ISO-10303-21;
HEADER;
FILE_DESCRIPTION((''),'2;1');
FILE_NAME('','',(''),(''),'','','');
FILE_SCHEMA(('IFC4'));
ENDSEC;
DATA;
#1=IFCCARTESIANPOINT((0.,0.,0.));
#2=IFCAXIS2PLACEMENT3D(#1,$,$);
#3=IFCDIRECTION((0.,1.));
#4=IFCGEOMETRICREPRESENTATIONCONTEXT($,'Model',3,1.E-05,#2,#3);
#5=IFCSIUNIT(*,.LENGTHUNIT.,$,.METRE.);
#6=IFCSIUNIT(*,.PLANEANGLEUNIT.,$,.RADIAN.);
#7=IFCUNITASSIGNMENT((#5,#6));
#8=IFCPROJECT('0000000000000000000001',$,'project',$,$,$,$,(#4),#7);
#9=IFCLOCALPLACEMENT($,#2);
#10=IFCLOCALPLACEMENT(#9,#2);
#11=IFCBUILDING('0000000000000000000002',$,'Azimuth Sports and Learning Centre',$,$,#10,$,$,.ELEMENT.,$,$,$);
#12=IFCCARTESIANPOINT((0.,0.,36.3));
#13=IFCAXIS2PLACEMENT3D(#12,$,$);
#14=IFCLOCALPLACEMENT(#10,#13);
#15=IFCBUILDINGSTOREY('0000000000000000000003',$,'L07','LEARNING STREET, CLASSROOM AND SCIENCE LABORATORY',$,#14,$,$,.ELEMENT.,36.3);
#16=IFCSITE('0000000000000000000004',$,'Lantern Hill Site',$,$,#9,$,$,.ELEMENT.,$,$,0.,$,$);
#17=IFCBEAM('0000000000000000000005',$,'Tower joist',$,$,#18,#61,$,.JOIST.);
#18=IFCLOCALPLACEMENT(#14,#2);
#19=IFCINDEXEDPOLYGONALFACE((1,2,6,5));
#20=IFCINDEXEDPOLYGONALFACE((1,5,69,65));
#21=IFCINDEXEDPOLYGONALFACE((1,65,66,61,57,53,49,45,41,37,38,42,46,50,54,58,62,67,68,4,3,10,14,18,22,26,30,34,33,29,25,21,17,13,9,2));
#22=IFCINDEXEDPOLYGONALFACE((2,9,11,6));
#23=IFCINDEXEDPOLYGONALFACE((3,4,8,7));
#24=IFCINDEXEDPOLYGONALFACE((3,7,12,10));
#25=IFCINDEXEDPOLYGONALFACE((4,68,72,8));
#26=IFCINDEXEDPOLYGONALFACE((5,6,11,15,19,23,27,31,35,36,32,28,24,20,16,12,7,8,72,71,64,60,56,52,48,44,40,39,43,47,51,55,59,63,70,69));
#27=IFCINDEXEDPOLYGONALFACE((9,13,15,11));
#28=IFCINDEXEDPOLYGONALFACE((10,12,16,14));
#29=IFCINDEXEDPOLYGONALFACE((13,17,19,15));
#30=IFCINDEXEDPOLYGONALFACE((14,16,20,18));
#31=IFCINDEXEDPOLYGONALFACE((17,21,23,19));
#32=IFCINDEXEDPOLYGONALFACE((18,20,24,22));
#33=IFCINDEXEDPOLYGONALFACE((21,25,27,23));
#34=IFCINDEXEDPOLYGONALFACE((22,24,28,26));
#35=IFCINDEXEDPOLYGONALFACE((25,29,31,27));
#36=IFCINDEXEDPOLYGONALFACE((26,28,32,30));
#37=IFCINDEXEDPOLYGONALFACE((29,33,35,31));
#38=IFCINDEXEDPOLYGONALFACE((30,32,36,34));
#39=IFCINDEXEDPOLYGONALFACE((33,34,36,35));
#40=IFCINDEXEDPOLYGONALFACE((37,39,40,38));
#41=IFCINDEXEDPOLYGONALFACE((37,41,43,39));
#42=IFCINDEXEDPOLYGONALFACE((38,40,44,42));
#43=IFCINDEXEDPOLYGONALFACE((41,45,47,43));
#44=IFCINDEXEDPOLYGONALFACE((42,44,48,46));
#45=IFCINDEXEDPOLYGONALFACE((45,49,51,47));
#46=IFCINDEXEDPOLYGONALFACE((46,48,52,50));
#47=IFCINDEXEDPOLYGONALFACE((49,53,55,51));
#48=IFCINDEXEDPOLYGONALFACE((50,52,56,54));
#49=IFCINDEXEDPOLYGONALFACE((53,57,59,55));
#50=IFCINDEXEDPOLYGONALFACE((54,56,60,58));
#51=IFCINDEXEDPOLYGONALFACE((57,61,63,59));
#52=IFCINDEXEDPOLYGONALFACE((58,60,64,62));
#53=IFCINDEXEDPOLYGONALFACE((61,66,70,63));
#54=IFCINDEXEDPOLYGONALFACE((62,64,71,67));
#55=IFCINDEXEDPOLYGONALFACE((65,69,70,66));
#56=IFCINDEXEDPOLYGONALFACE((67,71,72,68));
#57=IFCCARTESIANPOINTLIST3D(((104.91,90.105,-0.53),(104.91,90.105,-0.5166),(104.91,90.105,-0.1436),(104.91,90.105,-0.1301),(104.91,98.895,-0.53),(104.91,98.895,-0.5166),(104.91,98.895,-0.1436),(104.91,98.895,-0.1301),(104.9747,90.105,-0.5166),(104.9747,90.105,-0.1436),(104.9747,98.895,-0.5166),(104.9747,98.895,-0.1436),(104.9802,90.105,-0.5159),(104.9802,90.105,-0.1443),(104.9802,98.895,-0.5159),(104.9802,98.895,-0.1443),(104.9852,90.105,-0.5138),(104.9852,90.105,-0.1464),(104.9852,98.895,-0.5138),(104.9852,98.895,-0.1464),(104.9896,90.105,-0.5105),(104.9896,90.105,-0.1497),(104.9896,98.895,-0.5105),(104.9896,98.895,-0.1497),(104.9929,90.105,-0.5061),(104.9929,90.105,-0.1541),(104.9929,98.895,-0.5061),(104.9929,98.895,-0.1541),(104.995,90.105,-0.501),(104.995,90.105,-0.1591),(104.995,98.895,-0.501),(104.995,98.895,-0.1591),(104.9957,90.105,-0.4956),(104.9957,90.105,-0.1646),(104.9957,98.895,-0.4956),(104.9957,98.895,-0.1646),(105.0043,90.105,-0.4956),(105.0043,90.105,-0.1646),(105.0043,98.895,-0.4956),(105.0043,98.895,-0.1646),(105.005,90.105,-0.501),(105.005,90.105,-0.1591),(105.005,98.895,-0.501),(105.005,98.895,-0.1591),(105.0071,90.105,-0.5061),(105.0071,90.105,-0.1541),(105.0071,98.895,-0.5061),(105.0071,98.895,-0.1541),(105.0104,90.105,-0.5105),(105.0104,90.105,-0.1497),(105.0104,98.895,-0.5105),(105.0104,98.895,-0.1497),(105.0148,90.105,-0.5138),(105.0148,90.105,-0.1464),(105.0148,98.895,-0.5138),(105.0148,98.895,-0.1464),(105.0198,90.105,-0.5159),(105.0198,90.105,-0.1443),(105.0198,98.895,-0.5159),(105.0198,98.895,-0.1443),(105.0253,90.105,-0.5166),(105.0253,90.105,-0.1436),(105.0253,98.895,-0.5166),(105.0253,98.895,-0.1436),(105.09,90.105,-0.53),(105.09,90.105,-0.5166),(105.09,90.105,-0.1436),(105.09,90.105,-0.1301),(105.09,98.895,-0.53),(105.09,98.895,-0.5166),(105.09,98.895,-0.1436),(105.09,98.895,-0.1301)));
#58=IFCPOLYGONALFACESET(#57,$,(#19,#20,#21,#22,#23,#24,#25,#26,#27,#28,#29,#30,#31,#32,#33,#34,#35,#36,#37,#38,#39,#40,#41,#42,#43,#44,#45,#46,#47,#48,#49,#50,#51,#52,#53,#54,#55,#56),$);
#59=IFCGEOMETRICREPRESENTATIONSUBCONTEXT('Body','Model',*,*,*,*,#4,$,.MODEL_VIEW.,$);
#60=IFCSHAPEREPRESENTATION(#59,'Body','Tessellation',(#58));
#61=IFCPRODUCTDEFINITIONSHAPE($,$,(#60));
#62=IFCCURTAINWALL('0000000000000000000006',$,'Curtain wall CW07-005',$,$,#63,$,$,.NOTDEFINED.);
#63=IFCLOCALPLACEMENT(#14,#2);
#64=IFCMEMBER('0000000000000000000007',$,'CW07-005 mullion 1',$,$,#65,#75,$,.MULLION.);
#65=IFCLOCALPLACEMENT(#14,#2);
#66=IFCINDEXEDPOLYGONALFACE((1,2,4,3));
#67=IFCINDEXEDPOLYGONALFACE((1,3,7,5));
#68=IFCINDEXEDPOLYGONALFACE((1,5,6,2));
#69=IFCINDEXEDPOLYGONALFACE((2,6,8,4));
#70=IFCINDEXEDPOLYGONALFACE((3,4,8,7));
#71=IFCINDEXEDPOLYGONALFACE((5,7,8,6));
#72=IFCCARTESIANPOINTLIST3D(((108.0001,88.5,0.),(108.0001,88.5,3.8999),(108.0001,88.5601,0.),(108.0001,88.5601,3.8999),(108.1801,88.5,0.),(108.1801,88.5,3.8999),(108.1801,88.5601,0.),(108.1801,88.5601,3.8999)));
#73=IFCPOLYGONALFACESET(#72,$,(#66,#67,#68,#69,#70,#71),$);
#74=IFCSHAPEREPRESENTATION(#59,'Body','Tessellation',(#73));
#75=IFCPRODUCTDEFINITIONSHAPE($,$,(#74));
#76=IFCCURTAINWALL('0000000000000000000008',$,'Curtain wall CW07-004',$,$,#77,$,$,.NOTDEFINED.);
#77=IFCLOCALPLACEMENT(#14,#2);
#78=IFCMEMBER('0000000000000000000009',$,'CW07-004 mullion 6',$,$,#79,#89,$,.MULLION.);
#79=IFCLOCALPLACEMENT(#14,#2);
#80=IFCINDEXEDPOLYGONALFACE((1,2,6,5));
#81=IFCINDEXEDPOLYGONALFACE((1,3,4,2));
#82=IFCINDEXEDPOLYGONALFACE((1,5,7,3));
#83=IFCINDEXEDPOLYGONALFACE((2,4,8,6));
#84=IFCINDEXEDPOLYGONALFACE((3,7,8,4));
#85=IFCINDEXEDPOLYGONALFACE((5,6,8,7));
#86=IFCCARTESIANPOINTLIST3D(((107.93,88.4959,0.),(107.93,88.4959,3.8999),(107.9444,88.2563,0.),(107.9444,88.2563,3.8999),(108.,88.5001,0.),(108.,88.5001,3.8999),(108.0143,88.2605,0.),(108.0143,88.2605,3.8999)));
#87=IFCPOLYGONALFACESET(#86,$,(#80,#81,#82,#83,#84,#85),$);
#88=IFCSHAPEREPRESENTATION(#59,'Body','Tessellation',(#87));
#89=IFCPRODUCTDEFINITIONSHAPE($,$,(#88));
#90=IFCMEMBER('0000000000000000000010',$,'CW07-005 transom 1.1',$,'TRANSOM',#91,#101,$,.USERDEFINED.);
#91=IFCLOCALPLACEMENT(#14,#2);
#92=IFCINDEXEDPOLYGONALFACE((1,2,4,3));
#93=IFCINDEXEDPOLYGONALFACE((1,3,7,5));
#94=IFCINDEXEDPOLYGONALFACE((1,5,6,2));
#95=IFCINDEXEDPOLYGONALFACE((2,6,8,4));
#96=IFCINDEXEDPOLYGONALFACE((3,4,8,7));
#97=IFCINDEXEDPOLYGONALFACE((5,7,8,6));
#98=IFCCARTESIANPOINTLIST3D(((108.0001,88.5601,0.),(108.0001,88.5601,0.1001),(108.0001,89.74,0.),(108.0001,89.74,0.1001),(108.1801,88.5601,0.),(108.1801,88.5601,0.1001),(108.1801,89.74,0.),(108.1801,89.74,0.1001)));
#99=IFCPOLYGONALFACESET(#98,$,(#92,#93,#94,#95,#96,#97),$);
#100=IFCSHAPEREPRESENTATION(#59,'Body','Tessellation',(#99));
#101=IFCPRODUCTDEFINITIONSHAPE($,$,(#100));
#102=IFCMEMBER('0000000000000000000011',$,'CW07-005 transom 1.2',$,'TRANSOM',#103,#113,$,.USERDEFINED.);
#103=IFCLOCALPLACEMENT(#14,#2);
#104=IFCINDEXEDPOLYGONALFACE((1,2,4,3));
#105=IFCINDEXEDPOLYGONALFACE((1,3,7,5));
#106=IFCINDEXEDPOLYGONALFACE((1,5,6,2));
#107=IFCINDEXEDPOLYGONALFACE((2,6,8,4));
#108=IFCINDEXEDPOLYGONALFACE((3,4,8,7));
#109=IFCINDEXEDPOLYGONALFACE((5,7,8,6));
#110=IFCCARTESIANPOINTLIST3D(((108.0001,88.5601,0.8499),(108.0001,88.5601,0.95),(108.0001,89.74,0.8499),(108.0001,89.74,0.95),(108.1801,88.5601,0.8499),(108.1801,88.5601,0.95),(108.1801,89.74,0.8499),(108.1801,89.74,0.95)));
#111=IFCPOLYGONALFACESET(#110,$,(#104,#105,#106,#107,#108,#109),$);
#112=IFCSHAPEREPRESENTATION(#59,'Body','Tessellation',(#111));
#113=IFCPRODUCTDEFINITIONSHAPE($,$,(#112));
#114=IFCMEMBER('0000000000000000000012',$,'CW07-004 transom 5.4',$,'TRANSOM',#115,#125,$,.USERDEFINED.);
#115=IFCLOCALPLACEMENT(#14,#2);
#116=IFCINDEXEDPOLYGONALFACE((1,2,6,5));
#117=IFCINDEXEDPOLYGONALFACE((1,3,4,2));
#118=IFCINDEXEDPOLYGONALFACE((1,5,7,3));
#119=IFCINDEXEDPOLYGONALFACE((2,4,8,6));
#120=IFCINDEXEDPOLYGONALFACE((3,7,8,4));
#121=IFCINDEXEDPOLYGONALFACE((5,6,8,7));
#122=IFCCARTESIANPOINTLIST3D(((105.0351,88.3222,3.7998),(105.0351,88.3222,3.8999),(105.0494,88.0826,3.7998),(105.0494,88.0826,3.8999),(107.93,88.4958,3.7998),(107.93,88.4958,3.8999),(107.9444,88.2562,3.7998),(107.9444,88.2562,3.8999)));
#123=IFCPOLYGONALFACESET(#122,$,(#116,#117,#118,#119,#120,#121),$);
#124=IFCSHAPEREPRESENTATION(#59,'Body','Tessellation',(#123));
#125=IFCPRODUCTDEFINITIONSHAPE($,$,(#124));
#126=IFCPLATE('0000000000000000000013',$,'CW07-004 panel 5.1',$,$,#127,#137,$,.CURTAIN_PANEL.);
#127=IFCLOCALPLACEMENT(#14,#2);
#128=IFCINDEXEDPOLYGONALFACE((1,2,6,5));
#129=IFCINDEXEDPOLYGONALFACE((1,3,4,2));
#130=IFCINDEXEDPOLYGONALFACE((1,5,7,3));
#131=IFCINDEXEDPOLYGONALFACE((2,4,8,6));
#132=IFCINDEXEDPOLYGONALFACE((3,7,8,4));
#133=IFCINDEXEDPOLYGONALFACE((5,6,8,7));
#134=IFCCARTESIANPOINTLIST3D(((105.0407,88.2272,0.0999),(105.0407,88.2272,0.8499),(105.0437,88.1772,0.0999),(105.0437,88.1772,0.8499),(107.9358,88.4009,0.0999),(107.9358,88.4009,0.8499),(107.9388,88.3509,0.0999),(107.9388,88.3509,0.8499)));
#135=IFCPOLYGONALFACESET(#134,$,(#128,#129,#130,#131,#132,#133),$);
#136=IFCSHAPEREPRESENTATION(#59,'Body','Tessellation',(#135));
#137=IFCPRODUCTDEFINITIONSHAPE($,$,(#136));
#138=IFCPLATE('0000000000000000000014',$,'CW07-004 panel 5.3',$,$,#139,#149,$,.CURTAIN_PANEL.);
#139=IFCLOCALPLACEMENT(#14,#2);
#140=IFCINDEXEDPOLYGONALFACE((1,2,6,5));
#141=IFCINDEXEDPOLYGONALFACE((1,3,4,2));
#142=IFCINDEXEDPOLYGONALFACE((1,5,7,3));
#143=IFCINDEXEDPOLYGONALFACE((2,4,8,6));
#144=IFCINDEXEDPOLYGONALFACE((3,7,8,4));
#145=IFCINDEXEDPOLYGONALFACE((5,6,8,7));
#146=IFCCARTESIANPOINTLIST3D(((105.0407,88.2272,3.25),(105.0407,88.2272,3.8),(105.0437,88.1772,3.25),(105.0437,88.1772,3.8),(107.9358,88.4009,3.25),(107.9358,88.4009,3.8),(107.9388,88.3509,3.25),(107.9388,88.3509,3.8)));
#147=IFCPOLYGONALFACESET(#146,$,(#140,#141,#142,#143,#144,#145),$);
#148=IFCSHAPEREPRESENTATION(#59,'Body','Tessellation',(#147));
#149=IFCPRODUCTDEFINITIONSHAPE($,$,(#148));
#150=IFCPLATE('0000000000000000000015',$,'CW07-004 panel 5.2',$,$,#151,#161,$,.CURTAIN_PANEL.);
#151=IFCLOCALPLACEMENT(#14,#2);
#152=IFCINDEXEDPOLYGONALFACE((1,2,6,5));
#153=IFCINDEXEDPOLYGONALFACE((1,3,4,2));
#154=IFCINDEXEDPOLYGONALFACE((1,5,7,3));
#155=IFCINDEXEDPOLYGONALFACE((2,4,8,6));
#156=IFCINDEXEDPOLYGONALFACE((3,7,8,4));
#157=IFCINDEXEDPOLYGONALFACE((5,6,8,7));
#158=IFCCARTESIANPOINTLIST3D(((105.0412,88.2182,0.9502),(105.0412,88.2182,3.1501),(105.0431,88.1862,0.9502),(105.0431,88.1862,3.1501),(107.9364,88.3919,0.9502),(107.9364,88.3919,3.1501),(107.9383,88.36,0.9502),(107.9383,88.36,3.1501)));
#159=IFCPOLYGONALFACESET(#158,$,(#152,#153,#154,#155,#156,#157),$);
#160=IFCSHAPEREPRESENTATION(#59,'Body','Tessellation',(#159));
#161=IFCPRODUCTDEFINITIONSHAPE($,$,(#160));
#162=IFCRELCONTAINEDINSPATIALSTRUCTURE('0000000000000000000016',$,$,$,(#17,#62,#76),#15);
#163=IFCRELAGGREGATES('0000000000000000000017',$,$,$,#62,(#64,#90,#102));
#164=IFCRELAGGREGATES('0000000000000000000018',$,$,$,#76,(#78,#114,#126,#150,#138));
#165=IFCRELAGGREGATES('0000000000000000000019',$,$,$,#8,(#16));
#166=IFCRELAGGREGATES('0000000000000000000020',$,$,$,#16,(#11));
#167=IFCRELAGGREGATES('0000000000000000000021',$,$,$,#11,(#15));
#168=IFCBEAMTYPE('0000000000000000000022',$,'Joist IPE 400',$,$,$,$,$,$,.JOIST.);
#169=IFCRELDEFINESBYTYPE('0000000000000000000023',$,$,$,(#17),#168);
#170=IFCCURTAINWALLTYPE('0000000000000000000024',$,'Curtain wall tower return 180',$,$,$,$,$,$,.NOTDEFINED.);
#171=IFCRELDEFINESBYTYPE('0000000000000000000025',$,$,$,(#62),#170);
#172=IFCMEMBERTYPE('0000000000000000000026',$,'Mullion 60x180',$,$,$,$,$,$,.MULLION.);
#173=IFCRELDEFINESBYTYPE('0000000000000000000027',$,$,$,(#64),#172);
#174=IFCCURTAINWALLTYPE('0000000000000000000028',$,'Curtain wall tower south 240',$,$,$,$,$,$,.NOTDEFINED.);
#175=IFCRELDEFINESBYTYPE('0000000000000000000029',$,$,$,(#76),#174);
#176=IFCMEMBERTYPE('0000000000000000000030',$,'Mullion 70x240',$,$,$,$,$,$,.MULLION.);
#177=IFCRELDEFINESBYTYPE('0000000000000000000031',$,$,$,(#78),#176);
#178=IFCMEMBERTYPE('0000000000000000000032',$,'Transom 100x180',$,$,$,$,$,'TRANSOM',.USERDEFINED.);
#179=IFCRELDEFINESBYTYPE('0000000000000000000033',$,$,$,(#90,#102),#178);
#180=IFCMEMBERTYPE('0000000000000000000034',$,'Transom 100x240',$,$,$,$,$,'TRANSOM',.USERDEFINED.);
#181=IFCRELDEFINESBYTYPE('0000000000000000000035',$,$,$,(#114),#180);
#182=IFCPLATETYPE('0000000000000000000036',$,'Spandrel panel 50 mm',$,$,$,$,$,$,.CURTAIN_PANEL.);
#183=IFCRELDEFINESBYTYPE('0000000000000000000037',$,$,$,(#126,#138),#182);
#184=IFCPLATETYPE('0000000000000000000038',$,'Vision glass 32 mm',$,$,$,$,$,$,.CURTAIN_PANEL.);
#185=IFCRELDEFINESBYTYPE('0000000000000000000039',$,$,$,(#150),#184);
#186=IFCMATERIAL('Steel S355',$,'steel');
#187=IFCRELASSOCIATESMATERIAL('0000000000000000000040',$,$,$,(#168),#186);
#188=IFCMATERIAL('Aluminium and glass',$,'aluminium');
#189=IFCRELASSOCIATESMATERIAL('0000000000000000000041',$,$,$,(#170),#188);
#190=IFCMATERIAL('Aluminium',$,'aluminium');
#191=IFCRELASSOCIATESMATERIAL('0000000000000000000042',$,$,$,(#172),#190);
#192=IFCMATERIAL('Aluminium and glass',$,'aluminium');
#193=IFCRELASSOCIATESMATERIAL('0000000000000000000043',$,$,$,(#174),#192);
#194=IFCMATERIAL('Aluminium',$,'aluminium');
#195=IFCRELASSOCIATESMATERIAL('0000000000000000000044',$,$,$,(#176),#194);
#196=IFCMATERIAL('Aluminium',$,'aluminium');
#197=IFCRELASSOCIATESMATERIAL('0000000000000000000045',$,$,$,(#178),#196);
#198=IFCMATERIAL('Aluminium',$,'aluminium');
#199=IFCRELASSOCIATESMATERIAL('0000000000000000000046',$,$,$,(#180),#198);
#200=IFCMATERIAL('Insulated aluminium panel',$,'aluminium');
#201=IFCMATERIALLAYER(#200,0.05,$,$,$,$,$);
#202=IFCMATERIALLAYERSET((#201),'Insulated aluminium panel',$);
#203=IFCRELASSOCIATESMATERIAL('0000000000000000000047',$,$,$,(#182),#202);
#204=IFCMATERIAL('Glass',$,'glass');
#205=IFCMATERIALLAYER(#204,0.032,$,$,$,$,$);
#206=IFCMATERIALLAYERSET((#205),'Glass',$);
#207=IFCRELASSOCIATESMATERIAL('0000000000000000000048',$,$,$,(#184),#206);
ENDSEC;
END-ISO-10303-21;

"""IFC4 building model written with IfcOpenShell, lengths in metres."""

from ifc_helpers import new_model, si_unit, direction, frame, origin, origin_2d, place, context, subcontext, project, spatial, rectangle, i_section, extrude, material, layer, layer_set, material_profile, profile_set, type_object, element, aggregate, save


model = new_model("IFC4")

# Units and contexts
model_context = context("Model", 3, precision=1e-05, world=origin(), true_north=direction((0.0, 1.0)))
body_context = subcontext(model_context, "Body", "Model", "MODEL_VIEW")
ifc_project = project(units=[si_unit("LENGTHUNIT", "METRE"), si_unit("PLANEANGLEUNIT", "RADIAN")], contexts=[model_context])

# Site, building, storey
site_placement = place(None, origin())
site = spatial("IfcSite", under=ifc_project, at=site_placement, Name="Lantern Hill Site", CompositionType="ELEMENT", RefElevation=0.0)
building_placement = place(site_placement, origin())
building = spatial("IfcBuilding", under=site, at=building_placement, Name="Azimuth Sports and Learning Centre", CompositionType="ELEMENT")
storey_placement = place(building_placement, frame((0.0, 0.0, 36.3)))
storey = spatial("IfcBuildingStorey", under=building, at=storey_placement, Name="L07", Description="LEARNING STREET, CLASSROOM AND SCIENCE LABORATORY", CompositionType="ELEMENT", Elevation=36.3)

# Beam
ifc_material_1 = material(Name="Steel S355", Category="steel")
ifc_material_profile_1 = material_profile(ifc_material_1, i_section(OverallWidth=0.1799, OverallDepth=0.3999, WebThickness=0.0085, FlangeThickness=0.0134, FilletRadius=0.021, at=origin_2d()), Name="IPE 400")
ifc_profile_set_1 = profile_set([ifc_material_profile_1], Name="Steel S355")
beam_type_1 = type_object("IfcBeamType", Name="Joist IPE 400", PredefinedType="JOIST", material=ifc_profile_set_1)
for number, where, z_axis, x_axis, name in (
    (1, (105.0, 90.105, -0.3301), (0.0, 1.0, 0.0), (-1.0, 0.0, 0.0), "Tower joist"),
):
    element("IfcBeam", number, at=place(storey_placement, frame(where, z_axis=z_axis, x_axis=x_axis)), inside=storey, type_object=beam_type_1, Name=name, PredefinedType="JOIST", context=body_context, shape_type="SweptSolid", body=[
        extrude(i_section(OverallWidth=0.1799, OverallDepth=0.3999, WebThickness=0.0085, FlangeThickness=0.0134, FilletRadius=0.021, at=origin_2d()), origin(), (0.0, 0.0, 1.0), 8.79),
    ])

# Curtain walls, members
ifc_material_2 = material(Name="Aluminium and glass", Category="aluminium")
curtain_wall_type_1 = type_object("IfcCurtainWallType", Name="Curtain wall tower return 180", PredefinedType="NOTDEFINED", material=ifc_material_2)
curtain_wall_1_placement = place(storey_placement, origin())
curtain_wall_1 = element("IfcCurtainWall", 2, at=curtain_wall_1_placement, inside=storey, type_object=curtain_wall_type_1, Name="Curtain wall CW07-005", PredefinedType="NOTDEFINED")
ifc_material_3 = material(Name="Aluminium", Category="aluminium")
ifc_material_profile_2 = material_profile(ifc_material_3, rectangle(XDim=0.1799, YDim=0.0601, at=origin_2d()), Name="Mullion 60x180")
ifc_profile_set_2 = profile_set([ifc_material_profile_2], Name="Aluminium")
member_type_1 = type_object("IfcMemberType", Name="Mullion 60x180", PredefinedType="MULLION", material=ifc_profile_set_2)
member_1_placement = place(storey_placement, frame((108.0901, 88.53, 0.0), z_axis=(0.0, 0.0, 1.0), x_axis=(-1.0, 0.0, 0.0)))
member_1 = element("IfcMember", 3, at=member_1_placement, type_object=member_type_1, Name="CW07-005 mullion 1", PredefinedType="MULLION", context=body_context, shape_type="SweptSolid", body=[
    extrude(rectangle(XDim=0.1799, YDim=0.0601, at=origin_2d()), origin(), (0.0, 0.0, 1.0), 3.8999),
])
ifc_material_4 = material(Name="Aluminium and glass", Category="aluminium")
curtain_wall_type_2 = type_object("IfcCurtainWallType", Name="Curtain wall tower south 240", PredefinedType="NOTDEFINED", material=ifc_material_4)
curtain_wall_2_placement = place(storey_placement, origin())
curtain_wall_2 = element("IfcCurtainWall", 4, at=curtain_wall_2_placement, inside=storey, type_object=curtain_wall_type_2, Name="Curtain wall CW07-004", PredefinedType="NOTDEFINED")
ifc_material_5 = material(Name="Aluminium", Category="aluminium")
ifc_material_profile_3 = material_profile(ifc_material_5, rectangle(XDim=0.24, YDim=0.0701, at=origin_2d()), Name="Mullion 70x240")
ifc_profile_set_3 = profile_set([ifc_material_profile_3], Name="Aluminium")
member_type_2 = type_object("IfcMemberType", Name="Mullion 70x240", PredefinedType="MULLION", material=ifc_profile_set_3)
member_2_placement = place(storey_placement, frame((107.9722, 88.3782, 0.0), z_axis=(0.0, 0.0, 1.0), x_axis=(-0.059892, 0.998205, 0.0)))
member_2 = element("IfcMember", 5, at=member_2_placement, type_object=member_type_2, Name="CW07-004 mullion 6", PredefinedType="MULLION", context=body_context, shape_type="SweptSolid", body=[
    extrude(rectangle(XDim=0.24, YDim=0.0701, at=origin_2d()), origin(), (0.0, 0.0, 1.0), 3.8999),
])

# Members
ifc_material_6 = material(Name="Aluminium", Category="aluminium")
ifc_material_profile_4 = material_profile(ifc_material_6, rectangle(XDim=0.1799, YDim=0.1001, at=origin_2d()), Name="Transom 100x180")
ifc_profile_set_4 = profile_set([ifc_material_profile_4], Name="Aluminium")
member_type_3 = type_object("IfcMemberType", Name="Transom 100x180", ElementType="TRANSOM", PredefinedType="USERDEFINED", material=ifc_profile_set_4)
member_3_placement = place(storey_placement, frame((108.0901, 88.5601, 0.05), z_axis=(0.0, 1.0, 0.0), x_axis=(-1.0, 0.0, 0.0)))
member_3 = element("IfcMember", 6, at=member_3_placement, type_object=member_type_3, Name="CW07-005 transom 1.1", ObjectType="TRANSOM", PredefinedType="USERDEFINED", context=body_context, shape_type="SweptSolid", body=[
    extrude(rectangle(XDim=0.1799, YDim=0.1001, at=origin_2d()), origin(), (0.0, 0.0, 1.0), 1.1799),
])
member_4_placement = place(storey_placement, frame((108.0901, 88.5601, 0.8999), z_axis=(0.0, 1.0, 0.0), x_axis=(-1.0, 0.0, 0.0)))
member_4 = element("IfcMember", 7, at=member_4_placement, type_object=member_type_3, Name="CW07-005 transom 1.2", ObjectType="TRANSOM", PredefinedType="USERDEFINED", context=body_context, shape_type="SweptSolid", body=[
    extrude(rectangle(XDim=0.1799, YDim=0.1001, at=origin_2d()), origin(), (0.0, 0.0, 1.0), 1.1799),
])
aggregate(curtain_wall_1, [member_1, member_3, member_4])
ifc_material_7 = material(Name="Aluminium", Category="aluminium")
ifc_material_profile_5 = material_profile(ifc_material_7, rectangle(XDim=0.24, YDim=0.1001, at=origin_2d()), Name="Transom 100x240")
ifc_profile_set_5 = profile_set([ifc_material_profile_5], Name="Aluminium")
member_type_4 = type_object("IfcMemberType", Name="Transom 100x240", ElementType="TRANSOM", PredefinedType="USERDEFINED", material=ifc_profile_set_5)
member_5_placement = place(storey_placement, frame((105.0422, 88.2024, 3.8499), z_axis=(0.998207, 0.059852, 0.0), x_axis=(-0.059852, 0.998207, 0.0)))
member_5 = element("IfcMember", 8, at=member_5_placement, type_object=member_type_4, Name="CW07-004 transom 5.4", ObjectType="TRANSOM", PredefinedType="USERDEFINED", context=body_context, shape_type="SweptSolid", body=[
    extrude(rectangle(XDim=0.24, YDim=0.1001, at=origin_2d()), origin(), (0.0, 0.0, 1.0), 2.9001),
])

# Plates
ifc_material_8 = material(Name="Insulated aluminium panel", Category="aluminium")
ifc_layer_1 = layer(ifc_material_8, 0.05)
ifc_layer_set_1 = layer_set([ifc_layer_1], Name="Insulated aluminium panel")
plate_type_1 = type_object("IfcPlateType", Name="Spandrel panel 50 mm", PredefinedType="CURTAIN_PANEL", material=ifc_layer_set_1)
plate_1_placement = place(storey_placement, frame((106.4897, 88.2891, 0.0999), z_axis=(0.0, 0.0, 1.0), x_axis=(0.998205, 0.059892, 0.0)))
plate_1 = element("IfcPlate", 9, at=plate_1_placement, type_object=plate_type_1, Name="CW07-004 panel 5.1", PredefinedType="CURTAIN_PANEL", context=body_context, shape_type="SweptSolid", body=[
    extrude(rectangle(XDim=2.9004, YDim=0.05, at=origin_2d()), origin(), (0.0, 0.0, 1.0), 0.75),
])
plate_2_placement = place(storey_placement, frame((106.4897, 88.2891, 3.25), z_axis=(0.0, 0.0, 1.0), x_axis=(0.998205, 0.059892, 0.0)))
plate_2 = element("IfcPlate", 10, at=plate_2_placement, type_object=plate_type_1, Name="CW07-004 panel 5.3", PredefinedType="CURTAIN_PANEL", context=body_context, shape_type="SweptSolid", body=[
    extrude(rectangle(XDim=2.9004, YDim=0.05, at=origin_2d()), origin(), (0.0, 0.0, 1.0), 0.55),
])
ifc_material_9 = material(Name="Glass", Category="glass")
ifc_layer_2 = layer(ifc_material_9, 0.032)
ifc_layer_set_2 = layer_set([ifc_layer_2], Name="Glass")
plate_type_2 = type_object("IfcPlateType", Name="Vision glass 32 mm", PredefinedType="CURTAIN_PANEL", material=ifc_layer_set_2)
plate_3_placement = place(storey_placement, frame((106.4897, 88.2891, 0.9502), z_axis=(0.0, 0.0, 1.0), x_axis=(0.998205, 0.059892, 0.0)))
plate_3 = element("IfcPlate", 11, at=plate_3_placement, type_object=plate_type_2, Name="CW07-004 panel 5.2", PredefinedType="CURTAIN_PANEL", context=body_context, shape_type="SweptSolid", body=[
    extrude(rectangle(XDim=2.9004, YDim=0.032, at=origin_2d()), origin(), (0.0, 0.0, 1.0), 2.2),
])
aggregate(curtain_wall_2, [member_2, member_5, plate_1, plate_3, plate_2])

save(model, "model.ifc")
